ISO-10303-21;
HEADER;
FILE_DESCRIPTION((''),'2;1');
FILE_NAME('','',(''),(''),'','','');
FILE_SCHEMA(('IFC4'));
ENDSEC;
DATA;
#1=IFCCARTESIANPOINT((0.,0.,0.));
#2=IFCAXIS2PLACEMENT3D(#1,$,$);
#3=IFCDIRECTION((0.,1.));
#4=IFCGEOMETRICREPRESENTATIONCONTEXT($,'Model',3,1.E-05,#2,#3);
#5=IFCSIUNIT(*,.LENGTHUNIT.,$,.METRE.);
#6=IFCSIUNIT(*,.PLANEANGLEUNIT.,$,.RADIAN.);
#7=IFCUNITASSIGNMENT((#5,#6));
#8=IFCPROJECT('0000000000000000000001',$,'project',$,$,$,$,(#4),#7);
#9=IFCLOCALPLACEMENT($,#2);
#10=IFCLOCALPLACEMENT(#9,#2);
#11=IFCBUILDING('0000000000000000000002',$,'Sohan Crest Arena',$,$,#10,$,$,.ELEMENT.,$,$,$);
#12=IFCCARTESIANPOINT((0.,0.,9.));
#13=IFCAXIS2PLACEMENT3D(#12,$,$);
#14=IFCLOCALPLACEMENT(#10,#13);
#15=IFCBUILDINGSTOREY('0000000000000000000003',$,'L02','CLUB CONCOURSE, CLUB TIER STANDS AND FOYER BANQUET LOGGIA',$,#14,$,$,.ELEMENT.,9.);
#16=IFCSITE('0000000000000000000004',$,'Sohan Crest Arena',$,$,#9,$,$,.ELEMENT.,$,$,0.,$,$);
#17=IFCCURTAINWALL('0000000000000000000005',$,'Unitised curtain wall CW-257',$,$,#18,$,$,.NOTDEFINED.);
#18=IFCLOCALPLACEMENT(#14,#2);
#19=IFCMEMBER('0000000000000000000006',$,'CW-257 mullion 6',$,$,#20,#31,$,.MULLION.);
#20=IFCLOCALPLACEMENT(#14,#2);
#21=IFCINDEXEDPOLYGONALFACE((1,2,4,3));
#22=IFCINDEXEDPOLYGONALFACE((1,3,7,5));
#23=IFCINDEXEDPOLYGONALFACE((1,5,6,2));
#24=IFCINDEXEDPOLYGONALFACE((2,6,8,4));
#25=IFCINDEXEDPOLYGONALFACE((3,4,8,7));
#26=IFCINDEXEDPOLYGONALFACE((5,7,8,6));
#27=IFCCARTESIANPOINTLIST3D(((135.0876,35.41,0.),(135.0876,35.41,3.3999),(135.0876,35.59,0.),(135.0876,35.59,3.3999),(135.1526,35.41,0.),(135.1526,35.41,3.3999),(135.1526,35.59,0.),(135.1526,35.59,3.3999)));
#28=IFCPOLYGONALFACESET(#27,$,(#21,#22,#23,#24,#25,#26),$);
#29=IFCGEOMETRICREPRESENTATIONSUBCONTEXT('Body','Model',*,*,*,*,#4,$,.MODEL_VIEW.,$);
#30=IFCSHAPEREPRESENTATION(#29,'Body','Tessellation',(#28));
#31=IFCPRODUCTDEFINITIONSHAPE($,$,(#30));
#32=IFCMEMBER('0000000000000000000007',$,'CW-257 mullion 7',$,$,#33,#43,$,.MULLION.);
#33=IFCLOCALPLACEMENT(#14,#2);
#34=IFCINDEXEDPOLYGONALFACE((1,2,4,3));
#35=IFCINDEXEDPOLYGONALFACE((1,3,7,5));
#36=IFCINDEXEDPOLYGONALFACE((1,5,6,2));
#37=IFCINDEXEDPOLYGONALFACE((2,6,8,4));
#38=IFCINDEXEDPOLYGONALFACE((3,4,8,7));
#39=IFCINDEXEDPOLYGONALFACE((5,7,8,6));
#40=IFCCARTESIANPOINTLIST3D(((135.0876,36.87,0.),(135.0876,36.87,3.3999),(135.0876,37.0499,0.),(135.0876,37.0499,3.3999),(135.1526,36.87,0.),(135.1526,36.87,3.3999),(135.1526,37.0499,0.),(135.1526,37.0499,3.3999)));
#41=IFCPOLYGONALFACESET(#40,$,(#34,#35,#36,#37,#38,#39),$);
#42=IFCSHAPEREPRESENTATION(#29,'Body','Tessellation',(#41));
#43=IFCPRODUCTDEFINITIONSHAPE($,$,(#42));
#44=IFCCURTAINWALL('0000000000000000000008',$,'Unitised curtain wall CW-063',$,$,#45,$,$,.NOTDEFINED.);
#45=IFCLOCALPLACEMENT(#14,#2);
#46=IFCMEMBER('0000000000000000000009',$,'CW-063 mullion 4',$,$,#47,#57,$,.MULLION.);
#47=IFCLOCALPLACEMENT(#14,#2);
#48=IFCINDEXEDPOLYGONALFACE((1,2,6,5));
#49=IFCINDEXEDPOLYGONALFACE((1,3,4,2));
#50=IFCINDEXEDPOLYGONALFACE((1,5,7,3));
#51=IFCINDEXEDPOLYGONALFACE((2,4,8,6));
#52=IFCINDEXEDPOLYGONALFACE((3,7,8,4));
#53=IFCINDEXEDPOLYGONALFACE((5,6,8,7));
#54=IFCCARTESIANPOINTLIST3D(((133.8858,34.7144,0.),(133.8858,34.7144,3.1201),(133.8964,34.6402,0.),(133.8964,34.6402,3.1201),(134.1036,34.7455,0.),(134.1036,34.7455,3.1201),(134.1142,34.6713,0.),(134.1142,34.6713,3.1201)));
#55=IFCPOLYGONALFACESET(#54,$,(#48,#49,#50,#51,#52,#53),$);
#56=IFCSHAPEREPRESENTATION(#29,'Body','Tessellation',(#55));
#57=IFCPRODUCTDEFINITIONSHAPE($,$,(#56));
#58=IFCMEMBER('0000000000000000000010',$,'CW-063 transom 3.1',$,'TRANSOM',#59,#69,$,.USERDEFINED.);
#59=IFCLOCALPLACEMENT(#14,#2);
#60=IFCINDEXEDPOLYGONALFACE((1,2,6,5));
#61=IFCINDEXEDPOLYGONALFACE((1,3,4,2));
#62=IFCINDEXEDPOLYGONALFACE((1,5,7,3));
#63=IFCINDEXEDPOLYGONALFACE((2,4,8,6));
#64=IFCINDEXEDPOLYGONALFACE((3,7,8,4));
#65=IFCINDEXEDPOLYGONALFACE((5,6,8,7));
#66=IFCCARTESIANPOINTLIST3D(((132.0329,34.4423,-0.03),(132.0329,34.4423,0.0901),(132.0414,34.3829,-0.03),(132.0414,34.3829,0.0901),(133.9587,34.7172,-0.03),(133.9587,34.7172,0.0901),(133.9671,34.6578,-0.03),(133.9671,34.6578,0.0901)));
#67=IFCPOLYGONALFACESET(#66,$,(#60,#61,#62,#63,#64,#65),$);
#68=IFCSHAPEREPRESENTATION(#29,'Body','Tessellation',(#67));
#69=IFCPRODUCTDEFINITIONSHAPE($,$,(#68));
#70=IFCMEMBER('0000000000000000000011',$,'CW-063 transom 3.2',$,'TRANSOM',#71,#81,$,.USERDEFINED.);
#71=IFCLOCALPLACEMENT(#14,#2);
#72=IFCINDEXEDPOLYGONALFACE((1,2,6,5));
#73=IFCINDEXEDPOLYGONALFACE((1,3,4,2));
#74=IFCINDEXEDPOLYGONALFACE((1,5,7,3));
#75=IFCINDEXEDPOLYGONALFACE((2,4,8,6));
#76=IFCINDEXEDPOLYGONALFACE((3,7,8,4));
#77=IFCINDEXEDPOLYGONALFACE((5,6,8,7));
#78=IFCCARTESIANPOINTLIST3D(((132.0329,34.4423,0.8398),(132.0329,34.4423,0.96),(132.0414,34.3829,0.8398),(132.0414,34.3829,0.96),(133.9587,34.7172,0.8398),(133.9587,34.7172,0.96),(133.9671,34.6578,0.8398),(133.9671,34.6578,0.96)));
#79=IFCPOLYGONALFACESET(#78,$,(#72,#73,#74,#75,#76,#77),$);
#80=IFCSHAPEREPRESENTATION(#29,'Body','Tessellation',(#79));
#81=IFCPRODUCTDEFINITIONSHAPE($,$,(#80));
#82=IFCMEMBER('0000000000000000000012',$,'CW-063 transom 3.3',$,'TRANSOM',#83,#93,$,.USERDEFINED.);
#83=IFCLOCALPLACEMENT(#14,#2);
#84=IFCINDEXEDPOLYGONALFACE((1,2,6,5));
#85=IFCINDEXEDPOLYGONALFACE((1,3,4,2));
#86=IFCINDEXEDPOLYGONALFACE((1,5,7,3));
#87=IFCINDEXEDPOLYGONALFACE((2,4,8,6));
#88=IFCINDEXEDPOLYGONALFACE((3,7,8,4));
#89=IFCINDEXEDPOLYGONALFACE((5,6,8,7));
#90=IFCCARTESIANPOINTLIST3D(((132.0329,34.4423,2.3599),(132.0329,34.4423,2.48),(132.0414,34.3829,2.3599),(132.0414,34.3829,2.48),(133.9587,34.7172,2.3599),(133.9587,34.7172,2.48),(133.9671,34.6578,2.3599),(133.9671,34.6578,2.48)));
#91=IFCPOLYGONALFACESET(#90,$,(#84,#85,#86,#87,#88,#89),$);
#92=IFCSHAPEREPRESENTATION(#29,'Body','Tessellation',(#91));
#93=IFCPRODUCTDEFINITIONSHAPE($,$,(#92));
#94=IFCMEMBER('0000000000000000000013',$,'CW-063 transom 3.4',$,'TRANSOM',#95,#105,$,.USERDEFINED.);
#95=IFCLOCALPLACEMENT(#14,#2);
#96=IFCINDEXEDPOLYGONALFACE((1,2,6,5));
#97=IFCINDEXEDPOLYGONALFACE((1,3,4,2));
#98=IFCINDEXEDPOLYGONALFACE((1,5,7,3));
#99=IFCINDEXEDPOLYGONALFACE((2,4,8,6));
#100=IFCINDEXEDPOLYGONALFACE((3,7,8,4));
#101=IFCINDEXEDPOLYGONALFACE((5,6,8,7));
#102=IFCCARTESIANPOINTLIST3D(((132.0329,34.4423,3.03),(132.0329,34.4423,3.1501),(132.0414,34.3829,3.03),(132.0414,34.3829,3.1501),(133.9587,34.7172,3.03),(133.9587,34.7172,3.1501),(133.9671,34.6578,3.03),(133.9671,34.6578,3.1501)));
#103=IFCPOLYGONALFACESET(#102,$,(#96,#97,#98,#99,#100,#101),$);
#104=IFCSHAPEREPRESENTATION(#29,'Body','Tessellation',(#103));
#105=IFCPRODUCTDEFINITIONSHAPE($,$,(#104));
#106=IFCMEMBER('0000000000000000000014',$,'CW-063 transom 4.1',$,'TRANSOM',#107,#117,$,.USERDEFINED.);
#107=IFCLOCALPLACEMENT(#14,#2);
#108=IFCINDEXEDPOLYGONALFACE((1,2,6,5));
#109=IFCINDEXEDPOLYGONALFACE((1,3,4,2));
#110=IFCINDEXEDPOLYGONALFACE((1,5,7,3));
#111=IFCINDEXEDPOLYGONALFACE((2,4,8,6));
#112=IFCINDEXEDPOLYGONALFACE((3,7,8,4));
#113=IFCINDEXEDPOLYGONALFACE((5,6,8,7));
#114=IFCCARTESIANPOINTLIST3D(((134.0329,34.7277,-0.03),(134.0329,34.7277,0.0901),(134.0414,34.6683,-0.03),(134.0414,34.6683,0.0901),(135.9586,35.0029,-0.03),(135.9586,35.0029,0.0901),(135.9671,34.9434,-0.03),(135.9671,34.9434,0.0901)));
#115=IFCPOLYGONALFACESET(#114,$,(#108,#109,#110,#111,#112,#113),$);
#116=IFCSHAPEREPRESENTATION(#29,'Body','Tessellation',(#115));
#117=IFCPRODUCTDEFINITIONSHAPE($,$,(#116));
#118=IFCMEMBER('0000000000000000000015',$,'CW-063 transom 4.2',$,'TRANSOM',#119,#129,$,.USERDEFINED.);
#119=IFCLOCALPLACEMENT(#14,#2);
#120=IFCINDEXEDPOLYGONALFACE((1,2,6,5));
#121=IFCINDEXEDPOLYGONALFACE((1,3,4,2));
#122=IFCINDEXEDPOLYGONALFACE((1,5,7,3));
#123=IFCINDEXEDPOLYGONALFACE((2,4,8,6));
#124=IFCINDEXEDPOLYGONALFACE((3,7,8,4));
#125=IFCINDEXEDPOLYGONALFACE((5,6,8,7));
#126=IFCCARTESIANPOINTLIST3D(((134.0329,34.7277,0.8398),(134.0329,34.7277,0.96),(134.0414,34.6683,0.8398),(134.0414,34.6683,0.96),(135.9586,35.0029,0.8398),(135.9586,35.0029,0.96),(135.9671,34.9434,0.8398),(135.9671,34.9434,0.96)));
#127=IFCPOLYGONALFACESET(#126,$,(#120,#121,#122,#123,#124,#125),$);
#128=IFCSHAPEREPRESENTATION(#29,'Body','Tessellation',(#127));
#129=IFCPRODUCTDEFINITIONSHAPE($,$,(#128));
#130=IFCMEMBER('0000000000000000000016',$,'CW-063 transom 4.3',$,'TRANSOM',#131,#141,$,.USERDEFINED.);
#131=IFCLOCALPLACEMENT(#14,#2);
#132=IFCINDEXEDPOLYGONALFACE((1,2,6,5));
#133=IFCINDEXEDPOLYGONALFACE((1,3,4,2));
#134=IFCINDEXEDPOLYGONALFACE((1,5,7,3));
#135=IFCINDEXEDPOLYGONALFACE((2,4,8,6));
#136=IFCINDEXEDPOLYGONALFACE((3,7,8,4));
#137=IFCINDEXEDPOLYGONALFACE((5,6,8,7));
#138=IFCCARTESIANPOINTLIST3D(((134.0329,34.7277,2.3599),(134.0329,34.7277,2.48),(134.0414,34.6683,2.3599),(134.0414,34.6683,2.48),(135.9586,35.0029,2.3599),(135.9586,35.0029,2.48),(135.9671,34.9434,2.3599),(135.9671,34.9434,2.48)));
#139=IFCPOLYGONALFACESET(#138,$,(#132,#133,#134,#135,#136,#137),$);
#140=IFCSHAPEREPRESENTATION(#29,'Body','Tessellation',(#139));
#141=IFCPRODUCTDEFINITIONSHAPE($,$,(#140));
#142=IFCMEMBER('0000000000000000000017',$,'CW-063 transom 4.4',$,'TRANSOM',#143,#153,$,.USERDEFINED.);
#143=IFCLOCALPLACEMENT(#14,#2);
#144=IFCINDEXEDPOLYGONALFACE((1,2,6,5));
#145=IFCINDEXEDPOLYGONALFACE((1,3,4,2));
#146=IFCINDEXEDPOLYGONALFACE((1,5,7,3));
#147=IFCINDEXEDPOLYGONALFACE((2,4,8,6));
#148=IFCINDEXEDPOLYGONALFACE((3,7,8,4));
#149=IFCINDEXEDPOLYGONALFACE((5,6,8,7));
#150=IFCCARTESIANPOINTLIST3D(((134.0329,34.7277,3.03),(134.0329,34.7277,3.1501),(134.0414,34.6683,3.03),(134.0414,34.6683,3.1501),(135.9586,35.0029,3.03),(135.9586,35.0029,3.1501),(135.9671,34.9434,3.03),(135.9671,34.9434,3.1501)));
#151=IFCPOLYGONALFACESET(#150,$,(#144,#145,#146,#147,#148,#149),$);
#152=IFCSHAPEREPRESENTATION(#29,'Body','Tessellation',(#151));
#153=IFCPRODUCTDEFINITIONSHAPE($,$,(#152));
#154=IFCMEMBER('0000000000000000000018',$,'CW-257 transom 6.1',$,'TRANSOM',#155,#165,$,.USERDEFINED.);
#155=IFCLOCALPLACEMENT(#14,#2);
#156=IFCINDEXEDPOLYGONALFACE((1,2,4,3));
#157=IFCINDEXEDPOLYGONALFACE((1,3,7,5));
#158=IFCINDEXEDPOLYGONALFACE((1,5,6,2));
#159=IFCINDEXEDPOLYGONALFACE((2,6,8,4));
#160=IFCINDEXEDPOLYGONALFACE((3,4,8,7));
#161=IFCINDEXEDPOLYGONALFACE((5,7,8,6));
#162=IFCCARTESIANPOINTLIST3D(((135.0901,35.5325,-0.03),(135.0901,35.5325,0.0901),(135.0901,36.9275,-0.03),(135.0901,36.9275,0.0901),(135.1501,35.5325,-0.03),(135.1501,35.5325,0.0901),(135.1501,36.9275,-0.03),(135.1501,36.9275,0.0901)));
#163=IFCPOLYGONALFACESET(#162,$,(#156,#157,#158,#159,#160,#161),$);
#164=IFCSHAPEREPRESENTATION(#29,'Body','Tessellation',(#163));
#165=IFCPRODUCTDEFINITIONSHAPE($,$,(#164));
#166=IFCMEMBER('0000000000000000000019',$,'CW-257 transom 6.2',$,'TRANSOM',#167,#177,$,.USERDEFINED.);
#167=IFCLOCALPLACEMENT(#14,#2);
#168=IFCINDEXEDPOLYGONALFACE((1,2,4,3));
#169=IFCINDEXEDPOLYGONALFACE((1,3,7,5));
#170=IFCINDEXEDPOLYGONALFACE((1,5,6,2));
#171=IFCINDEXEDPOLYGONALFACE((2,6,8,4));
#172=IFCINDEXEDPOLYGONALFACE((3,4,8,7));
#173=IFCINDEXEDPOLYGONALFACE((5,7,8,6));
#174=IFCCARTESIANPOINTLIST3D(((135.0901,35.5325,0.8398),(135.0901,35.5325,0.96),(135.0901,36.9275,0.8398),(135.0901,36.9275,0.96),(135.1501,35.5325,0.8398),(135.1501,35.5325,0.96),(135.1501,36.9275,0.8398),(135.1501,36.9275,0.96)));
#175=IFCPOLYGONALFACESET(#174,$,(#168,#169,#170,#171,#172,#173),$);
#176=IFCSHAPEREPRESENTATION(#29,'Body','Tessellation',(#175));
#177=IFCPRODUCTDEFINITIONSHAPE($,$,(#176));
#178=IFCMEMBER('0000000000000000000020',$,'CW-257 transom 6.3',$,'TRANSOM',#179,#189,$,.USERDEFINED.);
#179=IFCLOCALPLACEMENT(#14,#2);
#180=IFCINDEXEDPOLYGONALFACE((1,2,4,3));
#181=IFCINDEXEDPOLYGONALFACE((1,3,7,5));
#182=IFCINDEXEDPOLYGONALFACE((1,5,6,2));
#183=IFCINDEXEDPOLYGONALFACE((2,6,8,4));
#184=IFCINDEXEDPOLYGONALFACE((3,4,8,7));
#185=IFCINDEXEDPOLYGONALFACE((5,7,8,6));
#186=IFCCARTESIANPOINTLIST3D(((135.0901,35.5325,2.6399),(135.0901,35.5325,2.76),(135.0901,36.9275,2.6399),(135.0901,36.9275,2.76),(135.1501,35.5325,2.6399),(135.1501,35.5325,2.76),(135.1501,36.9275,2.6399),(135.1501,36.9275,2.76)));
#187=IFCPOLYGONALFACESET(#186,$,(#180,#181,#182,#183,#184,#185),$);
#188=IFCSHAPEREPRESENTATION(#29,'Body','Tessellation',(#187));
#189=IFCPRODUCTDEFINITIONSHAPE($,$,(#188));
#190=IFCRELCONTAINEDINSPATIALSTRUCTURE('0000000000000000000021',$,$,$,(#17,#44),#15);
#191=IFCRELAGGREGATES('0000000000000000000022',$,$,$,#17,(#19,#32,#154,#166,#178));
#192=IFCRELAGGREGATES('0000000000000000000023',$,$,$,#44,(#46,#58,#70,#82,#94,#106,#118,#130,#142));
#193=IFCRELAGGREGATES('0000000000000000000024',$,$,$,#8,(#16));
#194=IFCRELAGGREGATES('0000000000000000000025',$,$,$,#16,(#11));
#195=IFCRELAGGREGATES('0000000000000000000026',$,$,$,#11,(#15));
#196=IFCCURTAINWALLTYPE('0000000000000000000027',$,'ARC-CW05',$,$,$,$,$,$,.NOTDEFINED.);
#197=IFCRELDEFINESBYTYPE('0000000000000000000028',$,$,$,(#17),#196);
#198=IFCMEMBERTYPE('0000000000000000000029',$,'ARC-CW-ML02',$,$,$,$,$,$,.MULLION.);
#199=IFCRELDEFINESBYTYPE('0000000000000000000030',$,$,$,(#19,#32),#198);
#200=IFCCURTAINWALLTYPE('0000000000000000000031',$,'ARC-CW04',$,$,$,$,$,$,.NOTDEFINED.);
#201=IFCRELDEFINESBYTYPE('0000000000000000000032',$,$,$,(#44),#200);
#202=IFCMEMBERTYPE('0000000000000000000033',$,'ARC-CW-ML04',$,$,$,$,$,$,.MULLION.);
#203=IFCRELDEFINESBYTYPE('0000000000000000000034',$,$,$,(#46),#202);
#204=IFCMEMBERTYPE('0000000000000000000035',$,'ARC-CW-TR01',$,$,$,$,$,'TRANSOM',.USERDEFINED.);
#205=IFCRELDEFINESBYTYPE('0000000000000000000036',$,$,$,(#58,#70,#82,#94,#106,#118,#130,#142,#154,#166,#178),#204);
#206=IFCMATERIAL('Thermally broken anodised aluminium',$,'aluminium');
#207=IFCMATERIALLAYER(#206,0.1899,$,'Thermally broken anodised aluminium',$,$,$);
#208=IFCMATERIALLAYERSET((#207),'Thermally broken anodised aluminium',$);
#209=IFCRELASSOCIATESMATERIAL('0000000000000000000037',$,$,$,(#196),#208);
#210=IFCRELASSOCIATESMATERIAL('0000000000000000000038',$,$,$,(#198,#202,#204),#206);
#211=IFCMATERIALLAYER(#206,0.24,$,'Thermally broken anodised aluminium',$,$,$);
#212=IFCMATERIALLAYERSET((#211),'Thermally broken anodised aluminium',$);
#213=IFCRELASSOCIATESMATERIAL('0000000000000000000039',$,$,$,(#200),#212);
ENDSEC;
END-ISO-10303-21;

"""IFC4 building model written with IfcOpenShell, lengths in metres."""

from ifc_helpers import new_model, si_unit, direction, frame, origin, origin_2d, place, context, subcontext, project, spatial, rectangle, extrude, material, layer, layer_set, material_profile, profile_set, type_object, element, aggregate, save


model = new_model("IFC4")

# Units and contexts
model_context = context("Model", 3, precision=1e-05, world=origin(), true_north=direction((0.0, 1.0)))
body_context = subcontext(model_context, "Body", "Model", "MODEL_VIEW")
ifc_project = project(units=[si_unit("LENGTHUNIT", "METRE"), si_unit("PLANEANGLEUNIT", "RADIAN")], contexts=[model_context])

# Site, building, storey
site_placement = place(None, origin())
site = spatial("IfcSite", under=ifc_project, at=site_placement, Name="Sohan Crest Arena", CompositionType="ELEMENT", RefElevation=0.0)
building_placement = place(site_placement, origin())
building = spatial("IfcBuilding", under=site, at=building_placement, Name="Sohan Crest Arena", CompositionType="ELEMENT")
storey_placement = place(building_placement, frame((0.0, 0.0, 9.0)))
storey = spatial("IfcBuildingStorey", under=building, at=storey_placement, Name="L02", Description="CLUB CONCOURSE, CLUB TIER STANDS AND FOYER BANQUET LOGGIA", CompositionType="ELEMENT", Elevation=9.0)

# Curtain walls, members
ifc_material_1 = material(Name="Thermally broken anodised aluminium", Category="aluminium")
ifc_layer_1 = layer(ifc_material_1, 0.1899, Name="Thermally broken anodised aluminium")
ifc_layer_set_1 = layer_set([ifc_layer_1], Name="Thermally broken anodised aluminium")
curtain_wall_type_1 = type_object("IfcCurtainWallType", Name="ARC-CW05", PredefinedType="NOTDEFINED", material=ifc_layer_set_1)
curtain_wall_1_placement = place(storey_placement, origin())
curtain_wall_1 = element("IfcCurtainWall", 1, at=curtain_wall_1_placement, inside=storey, type_object=curtain_wall_type_1, Name="Unitised curtain wall CW-257", PredefinedType="NOTDEFINED")
ifc_material_profile_1 = material_profile(ifc_material_1, rectangle(XDim=0.0649, YDim=0.1799, at=origin_2d()), Name="ALU-MULL 65x180")
ifc_profile_set_1 = profile_set([ifc_material_profile_1], Name="Thermally broken anodised aluminium")
member_type_1 = type_object("IfcMemberType", Name="ARC-CW-ML02", PredefinedType="MULLION", material=ifc_profile_set_1)
member_1_placement = place(storey_placement, frame((135.1201, 35.5, 0.0), z_axis=(0.0, 0.0, 1.0), x_axis=(-1.0, 0.0, 0.0)))
member_1 = element("IfcMember", 2, at=member_1_placement, type_object=member_type_1, Name="CW-257 mullion 6", PredefinedType="MULLION", context=body_context, shape_type="SweptSolid", body=[
    extrude(rectangle(XDim=0.0649, YDim=0.1799, at=origin_2d()), origin(), (0.0, 0.0, 1.0), 3.3999),
])
member_2_placement = place(storey_placement, frame((135.1201, 36.96, 0.0), z_axis=(0.0, 0.0, 1.0), x_axis=(-1.0, 0.0, 0.0)))
member_2 = element("IfcMember", 3, at=member_2_placement, type_object=member_type_1, Name="CW-257 mullion 7", PredefinedType="MULLION", context=body_context, shape_type="SweptSolid", body=[
    extrude(rectangle(XDim=0.0649, YDim=0.1799, at=origin_2d()), origin(), (0.0, 0.0, 1.0), 3.3999),
])
ifc_layer_2 = layer(ifc_material_1, 0.24, Name="Thermally broken anodised aluminium")
ifc_layer_set_2 = layer_set([ifc_layer_2], Name="Thermally broken anodised aluminium")
curtain_wall_type_2 = type_object("IfcCurtainWallType", Name="ARC-CW04", PredefinedType="NOTDEFINED", material=ifc_layer_set_2)
curtain_wall_2_placement = place(storey_placement, origin())
curtain_wall_2 = element("IfcCurtainWall", 4, at=curtain_wall_2_placement, inside=storey, type_object=curtain_wall_type_2, Name="Unitised curtain wall CW-063", PredefinedType="NOTDEFINED")
ifc_material_profile_2 = material_profile(ifc_material_1, rectangle(XDim=0.075, YDim=0.22, at=origin_2d()), Name="ALU-MULL 75x220")
ifc_profile_set_2 = profile_set([ifc_material_profile_2], Name="Thermally broken anodised aluminium")
member_type_2 = type_object("IfcMemberType", Name="ARC-CW-ML04", PredefinedType="MULLION", material=ifc_profile_set_2)
member_3_placement = place(storey_placement, frame((134.0, 34.6929, 0.0), z_axis=(0.0, 0.0, 1.0), x_axis=(-0.141366, 0.989957, 0.0)))
member_3 = element("IfcMember", 5, at=member_3_placement, type_object=member_type_2, Name="CW-063 mullion 4", PredefinedType="MULLION", context=body_context, shape_type="SweptSolid", body=[
    extrude(rectangle(XDim=0.075, YDim=0.22, at=origin_2d()), origin(), (0.0, 0.0, 1.0), 3.1201),
])
ifc_material_profile_3 = material_profile(ifc_material_1, rectangle(XDim=0.0601, YDim=0.1201, at=origin_2d()), Name="ALU-TRAN 60x120")
ifc_profile_set_3 = profile_set([ifc_material_profile_3], Name="Thermally broken anodised aluminium")
member_type_3 = type_object("IfcMemberType", Name="ARC-CW-TR01", ElementType="TRANSOM", PredefinedType="USERDEFINED", material=ifc_profile_set_3)
member_4_placement = place(storey_placement, frame((132.0371, 34.4126, 0.03), z_axis=(0.989965, 0.141316, 0.0), x_axis=(-0.141316, 0.989965, 0.0)))
member_4 = element("IfcMember", 6, at=member_4_placement, type_object=member_type_3, Name="CW-063 transom 3.1", ObjectType="TRANSOM", PredefinedType="USERDEFINED", context=body_context, shape_type="SweptSolid", body=[
    extrude(rectangle(XDim=0.0601, YDim=0.1201, at=origin_2d()), origin(), (0.0, 0.0, 1.0), 1.9453),
])
member_5_placement = place(storey_placement, frame((132.0371, 34.4126, 0.8999), z_axis=(0.989965, 0.141316, 0.0), x_axis=(-0.141316, 0.989965, 0.0)))
member_5 = element("IfcMember", 7, at=member_5_placement, type_object=member_type_3, Name="CW-063 transom 3.2", ObjectType="TRANSOM", PredefinedType="USERDEFINED", context=body_context, shape_type="SweptSolid", body=[
    extrude(rectangle(XDim=0.0601, YDim=0.1201, at=origin_2d()), origin(), (0.0, 0.0, 1.0), 1.9453),
])
member_6_placement = place(storey_placement, frame((132.0371, 34.4126, 2.4199), z_axis=(0.989965, 0.141316, 0.0), x_axis=(-0.141316, 0.989965, 0.0)))
member_6 = element("IfcMember", 8, at=member_6_placement, type_object=member_type_3, Name="CW-063 transom 3.3", ObjectType="TRANSOM", PredefinedType="USERDEFINED", context=body_context, shape_type="SweptSolid", body=[
    extrude(rectangle(XDim=0.0601, YDim=0.1201, at=origin_2d()), origin(), (0.0, 0.0, 1.0), 1.9453),
])
member_7_placement = place(storey_placement, frame((132.0371, 34.4126, 3.0901), z_axis=(0.989965, 0.141316, 0.0), x_axis=(-0.141316, 0.989965, 0.0)))
member_7 = element("IfcMember", 9, at=member_7_placement, type_object=member_type_3, Name="CW-063 transom 3.4", ObjectType="TRANSOM", PredefinedType="USERDEFINED", context=body_context, shape_type="SweptSolid", body=[
    extrude(rectangle(XDim=0.0601, YDim=0.1201, at=origin_2d()), origin(), (0.0, 0.0, 1.0), 1.9453),
])
member_8_placement = place(storey_placement, frame((134.0371, 34.698, 0.03), z_axis=(0.989947, 0.141439, 0.0), x_axis=(-0.141439, 0.989947, 0.0)))
member_8 = element("IfcMember", 10, at=member_8_placement, type_object=member_type_3, Name="CW-063 transom 4.1", ObjectType="TRANSOM", PredefinedType="USERDEFINED", context=body_context, shape_type="SweptSolid", body=[
    extrude(rectangle(XDim=0.0601, YDim=0.1201, at=origin_2d()), origin(), (0.0, 0.0, 1.0), 1.9453),
])
member_9_placement = place(storey_placement, frame((134.0371, 34.698, 0.8999), z_axis=(0.989947, 0.141439, 0.0), x_axis=(-0.141439, 0.989947, 0.0)))
member_9 = element("IfcMember", 11, at=member_9_placement, type_object=member_type_3, Name="CW-063 transom 4.2", ObjectType="TRANSOM", PredefinedType="USERDEFINED", context=body_context, shape_type="SweptSolid", body=[
    extrude(rectangle(XDim=0.0601, YDim=0.1201, at=origin_2d()), origin(), (0.0, 0.0, 1.0), 1.9453),
])
member_10_placement = place(storey_placement, frame((134.0371, 34.698, 2.4199), z_axis=(0.989947, 0.141439, 0.0), x_axis=(-0.141439, 0.989947, 0.0)))
member_10 = element("IfcMember", 12, at=member_10_placement, type_object=member_type_3, Name="CW-063 transom 4.3", ObjectType="TRANSOM", PredefinedType="USERDEFINED", context=body_context, shape_type="SweptSolid", body=[
    extrude(rectangle(XDim=0.0601, YDim=0.1201, at=origin_2d()), origin(), (0.0, 0.0, 1.0), 1.9453),
])
member_11_placement = place(storey_placement, frame((134.0371, 34.698, 3.0901), z_axis=(0.989947, 0.141439, 0.0), x_axis=(-0.141439, 0.989947, 0.0)))
member_11 = element("IfcMember", 13, at=member_11_placement, type_object=member_type_3, Name="CW-063 transom 4.4", ObjectType="TRANSOM", PredefinedType="USERDEFINED", context=body_context, shape_type="SweptSolid", body=[
    extrude(rectangle(XDim=0.0601, YDim=0.1201, at=origin_2d()), origin(), (0.0, 0.0, 1.0), 1.9453),
])

# Members
member_12_placement = place(storey_placement, frame((135.1201, 35.5325, 0.03), z_axis=(0.0, 1.0, 0.0), x_axis=(-1.0, 0.0, 0.0)))
member_12 = element("IfcMember", 14, at=member_12_placement, type_object=member_type_3, Name="CW-257 transom 6.1", ObjectType="TRANSOM", PredefinedType="USERDEFINED", context=body_context, shape_type="SweptSolid", body=[
    extrude(rectangle(XDim=0.0601, YDim=0.1201, at=origin_2d()), origin(), (0.0, 0.0, 1.0), 1.395),
])
member_13_placement = place(storey_placement, frame((135.1201, 35.5325, 0.8999), z_axis=(0.0, 1.0, 0.0), x_axis=(-1.0, 0.0, 0.0)))
member_13 = element("IfcMember", 15, at=member_13_placement, type_object=member_type_3, Name="CW-257 transom 6.2", ObjectType="TRANSOM", PredefinedType="USERDEFINED", context=body_context, shape_type="SweptSolid", body=[
    extrude(rectangle(XDim=0.0601, YDim=0.1201, at=origin_2d()), origin(), (0.0, 0.0, 1.0), 1.395),
])
member_14_placement = place(storey_placement, frame((135.1201, 35.5325, 2.7), z_axis=(0.0, 1.0, 0.0), x_axis=(-1.0, 0.0, 0.0)))
member_14 = element("IfcMember", 16, at=member_14_placement, type_object=member_type_3, Name="CW-257 transom 6.3", ObjectType="TRANSOM", PredefinedType="USERDEFINED", context=body_context, shape_type="SweptSolid", body=[
    extrude(rectangle(XDim=0.0601, YDim=0.1201, at=origin_2d()), origin(), (0.0, 0.0, 1.0), 1.395),
])

aggregate(curtain_wall_1, [member_1, member_2, member_12, member_13, member_14])
aggregate(curtain_wall_2, [member_3, member_4, member_5, member_6, member_7, member_8, member_9, member_10, member_11])

save(model, "model.ifc")
